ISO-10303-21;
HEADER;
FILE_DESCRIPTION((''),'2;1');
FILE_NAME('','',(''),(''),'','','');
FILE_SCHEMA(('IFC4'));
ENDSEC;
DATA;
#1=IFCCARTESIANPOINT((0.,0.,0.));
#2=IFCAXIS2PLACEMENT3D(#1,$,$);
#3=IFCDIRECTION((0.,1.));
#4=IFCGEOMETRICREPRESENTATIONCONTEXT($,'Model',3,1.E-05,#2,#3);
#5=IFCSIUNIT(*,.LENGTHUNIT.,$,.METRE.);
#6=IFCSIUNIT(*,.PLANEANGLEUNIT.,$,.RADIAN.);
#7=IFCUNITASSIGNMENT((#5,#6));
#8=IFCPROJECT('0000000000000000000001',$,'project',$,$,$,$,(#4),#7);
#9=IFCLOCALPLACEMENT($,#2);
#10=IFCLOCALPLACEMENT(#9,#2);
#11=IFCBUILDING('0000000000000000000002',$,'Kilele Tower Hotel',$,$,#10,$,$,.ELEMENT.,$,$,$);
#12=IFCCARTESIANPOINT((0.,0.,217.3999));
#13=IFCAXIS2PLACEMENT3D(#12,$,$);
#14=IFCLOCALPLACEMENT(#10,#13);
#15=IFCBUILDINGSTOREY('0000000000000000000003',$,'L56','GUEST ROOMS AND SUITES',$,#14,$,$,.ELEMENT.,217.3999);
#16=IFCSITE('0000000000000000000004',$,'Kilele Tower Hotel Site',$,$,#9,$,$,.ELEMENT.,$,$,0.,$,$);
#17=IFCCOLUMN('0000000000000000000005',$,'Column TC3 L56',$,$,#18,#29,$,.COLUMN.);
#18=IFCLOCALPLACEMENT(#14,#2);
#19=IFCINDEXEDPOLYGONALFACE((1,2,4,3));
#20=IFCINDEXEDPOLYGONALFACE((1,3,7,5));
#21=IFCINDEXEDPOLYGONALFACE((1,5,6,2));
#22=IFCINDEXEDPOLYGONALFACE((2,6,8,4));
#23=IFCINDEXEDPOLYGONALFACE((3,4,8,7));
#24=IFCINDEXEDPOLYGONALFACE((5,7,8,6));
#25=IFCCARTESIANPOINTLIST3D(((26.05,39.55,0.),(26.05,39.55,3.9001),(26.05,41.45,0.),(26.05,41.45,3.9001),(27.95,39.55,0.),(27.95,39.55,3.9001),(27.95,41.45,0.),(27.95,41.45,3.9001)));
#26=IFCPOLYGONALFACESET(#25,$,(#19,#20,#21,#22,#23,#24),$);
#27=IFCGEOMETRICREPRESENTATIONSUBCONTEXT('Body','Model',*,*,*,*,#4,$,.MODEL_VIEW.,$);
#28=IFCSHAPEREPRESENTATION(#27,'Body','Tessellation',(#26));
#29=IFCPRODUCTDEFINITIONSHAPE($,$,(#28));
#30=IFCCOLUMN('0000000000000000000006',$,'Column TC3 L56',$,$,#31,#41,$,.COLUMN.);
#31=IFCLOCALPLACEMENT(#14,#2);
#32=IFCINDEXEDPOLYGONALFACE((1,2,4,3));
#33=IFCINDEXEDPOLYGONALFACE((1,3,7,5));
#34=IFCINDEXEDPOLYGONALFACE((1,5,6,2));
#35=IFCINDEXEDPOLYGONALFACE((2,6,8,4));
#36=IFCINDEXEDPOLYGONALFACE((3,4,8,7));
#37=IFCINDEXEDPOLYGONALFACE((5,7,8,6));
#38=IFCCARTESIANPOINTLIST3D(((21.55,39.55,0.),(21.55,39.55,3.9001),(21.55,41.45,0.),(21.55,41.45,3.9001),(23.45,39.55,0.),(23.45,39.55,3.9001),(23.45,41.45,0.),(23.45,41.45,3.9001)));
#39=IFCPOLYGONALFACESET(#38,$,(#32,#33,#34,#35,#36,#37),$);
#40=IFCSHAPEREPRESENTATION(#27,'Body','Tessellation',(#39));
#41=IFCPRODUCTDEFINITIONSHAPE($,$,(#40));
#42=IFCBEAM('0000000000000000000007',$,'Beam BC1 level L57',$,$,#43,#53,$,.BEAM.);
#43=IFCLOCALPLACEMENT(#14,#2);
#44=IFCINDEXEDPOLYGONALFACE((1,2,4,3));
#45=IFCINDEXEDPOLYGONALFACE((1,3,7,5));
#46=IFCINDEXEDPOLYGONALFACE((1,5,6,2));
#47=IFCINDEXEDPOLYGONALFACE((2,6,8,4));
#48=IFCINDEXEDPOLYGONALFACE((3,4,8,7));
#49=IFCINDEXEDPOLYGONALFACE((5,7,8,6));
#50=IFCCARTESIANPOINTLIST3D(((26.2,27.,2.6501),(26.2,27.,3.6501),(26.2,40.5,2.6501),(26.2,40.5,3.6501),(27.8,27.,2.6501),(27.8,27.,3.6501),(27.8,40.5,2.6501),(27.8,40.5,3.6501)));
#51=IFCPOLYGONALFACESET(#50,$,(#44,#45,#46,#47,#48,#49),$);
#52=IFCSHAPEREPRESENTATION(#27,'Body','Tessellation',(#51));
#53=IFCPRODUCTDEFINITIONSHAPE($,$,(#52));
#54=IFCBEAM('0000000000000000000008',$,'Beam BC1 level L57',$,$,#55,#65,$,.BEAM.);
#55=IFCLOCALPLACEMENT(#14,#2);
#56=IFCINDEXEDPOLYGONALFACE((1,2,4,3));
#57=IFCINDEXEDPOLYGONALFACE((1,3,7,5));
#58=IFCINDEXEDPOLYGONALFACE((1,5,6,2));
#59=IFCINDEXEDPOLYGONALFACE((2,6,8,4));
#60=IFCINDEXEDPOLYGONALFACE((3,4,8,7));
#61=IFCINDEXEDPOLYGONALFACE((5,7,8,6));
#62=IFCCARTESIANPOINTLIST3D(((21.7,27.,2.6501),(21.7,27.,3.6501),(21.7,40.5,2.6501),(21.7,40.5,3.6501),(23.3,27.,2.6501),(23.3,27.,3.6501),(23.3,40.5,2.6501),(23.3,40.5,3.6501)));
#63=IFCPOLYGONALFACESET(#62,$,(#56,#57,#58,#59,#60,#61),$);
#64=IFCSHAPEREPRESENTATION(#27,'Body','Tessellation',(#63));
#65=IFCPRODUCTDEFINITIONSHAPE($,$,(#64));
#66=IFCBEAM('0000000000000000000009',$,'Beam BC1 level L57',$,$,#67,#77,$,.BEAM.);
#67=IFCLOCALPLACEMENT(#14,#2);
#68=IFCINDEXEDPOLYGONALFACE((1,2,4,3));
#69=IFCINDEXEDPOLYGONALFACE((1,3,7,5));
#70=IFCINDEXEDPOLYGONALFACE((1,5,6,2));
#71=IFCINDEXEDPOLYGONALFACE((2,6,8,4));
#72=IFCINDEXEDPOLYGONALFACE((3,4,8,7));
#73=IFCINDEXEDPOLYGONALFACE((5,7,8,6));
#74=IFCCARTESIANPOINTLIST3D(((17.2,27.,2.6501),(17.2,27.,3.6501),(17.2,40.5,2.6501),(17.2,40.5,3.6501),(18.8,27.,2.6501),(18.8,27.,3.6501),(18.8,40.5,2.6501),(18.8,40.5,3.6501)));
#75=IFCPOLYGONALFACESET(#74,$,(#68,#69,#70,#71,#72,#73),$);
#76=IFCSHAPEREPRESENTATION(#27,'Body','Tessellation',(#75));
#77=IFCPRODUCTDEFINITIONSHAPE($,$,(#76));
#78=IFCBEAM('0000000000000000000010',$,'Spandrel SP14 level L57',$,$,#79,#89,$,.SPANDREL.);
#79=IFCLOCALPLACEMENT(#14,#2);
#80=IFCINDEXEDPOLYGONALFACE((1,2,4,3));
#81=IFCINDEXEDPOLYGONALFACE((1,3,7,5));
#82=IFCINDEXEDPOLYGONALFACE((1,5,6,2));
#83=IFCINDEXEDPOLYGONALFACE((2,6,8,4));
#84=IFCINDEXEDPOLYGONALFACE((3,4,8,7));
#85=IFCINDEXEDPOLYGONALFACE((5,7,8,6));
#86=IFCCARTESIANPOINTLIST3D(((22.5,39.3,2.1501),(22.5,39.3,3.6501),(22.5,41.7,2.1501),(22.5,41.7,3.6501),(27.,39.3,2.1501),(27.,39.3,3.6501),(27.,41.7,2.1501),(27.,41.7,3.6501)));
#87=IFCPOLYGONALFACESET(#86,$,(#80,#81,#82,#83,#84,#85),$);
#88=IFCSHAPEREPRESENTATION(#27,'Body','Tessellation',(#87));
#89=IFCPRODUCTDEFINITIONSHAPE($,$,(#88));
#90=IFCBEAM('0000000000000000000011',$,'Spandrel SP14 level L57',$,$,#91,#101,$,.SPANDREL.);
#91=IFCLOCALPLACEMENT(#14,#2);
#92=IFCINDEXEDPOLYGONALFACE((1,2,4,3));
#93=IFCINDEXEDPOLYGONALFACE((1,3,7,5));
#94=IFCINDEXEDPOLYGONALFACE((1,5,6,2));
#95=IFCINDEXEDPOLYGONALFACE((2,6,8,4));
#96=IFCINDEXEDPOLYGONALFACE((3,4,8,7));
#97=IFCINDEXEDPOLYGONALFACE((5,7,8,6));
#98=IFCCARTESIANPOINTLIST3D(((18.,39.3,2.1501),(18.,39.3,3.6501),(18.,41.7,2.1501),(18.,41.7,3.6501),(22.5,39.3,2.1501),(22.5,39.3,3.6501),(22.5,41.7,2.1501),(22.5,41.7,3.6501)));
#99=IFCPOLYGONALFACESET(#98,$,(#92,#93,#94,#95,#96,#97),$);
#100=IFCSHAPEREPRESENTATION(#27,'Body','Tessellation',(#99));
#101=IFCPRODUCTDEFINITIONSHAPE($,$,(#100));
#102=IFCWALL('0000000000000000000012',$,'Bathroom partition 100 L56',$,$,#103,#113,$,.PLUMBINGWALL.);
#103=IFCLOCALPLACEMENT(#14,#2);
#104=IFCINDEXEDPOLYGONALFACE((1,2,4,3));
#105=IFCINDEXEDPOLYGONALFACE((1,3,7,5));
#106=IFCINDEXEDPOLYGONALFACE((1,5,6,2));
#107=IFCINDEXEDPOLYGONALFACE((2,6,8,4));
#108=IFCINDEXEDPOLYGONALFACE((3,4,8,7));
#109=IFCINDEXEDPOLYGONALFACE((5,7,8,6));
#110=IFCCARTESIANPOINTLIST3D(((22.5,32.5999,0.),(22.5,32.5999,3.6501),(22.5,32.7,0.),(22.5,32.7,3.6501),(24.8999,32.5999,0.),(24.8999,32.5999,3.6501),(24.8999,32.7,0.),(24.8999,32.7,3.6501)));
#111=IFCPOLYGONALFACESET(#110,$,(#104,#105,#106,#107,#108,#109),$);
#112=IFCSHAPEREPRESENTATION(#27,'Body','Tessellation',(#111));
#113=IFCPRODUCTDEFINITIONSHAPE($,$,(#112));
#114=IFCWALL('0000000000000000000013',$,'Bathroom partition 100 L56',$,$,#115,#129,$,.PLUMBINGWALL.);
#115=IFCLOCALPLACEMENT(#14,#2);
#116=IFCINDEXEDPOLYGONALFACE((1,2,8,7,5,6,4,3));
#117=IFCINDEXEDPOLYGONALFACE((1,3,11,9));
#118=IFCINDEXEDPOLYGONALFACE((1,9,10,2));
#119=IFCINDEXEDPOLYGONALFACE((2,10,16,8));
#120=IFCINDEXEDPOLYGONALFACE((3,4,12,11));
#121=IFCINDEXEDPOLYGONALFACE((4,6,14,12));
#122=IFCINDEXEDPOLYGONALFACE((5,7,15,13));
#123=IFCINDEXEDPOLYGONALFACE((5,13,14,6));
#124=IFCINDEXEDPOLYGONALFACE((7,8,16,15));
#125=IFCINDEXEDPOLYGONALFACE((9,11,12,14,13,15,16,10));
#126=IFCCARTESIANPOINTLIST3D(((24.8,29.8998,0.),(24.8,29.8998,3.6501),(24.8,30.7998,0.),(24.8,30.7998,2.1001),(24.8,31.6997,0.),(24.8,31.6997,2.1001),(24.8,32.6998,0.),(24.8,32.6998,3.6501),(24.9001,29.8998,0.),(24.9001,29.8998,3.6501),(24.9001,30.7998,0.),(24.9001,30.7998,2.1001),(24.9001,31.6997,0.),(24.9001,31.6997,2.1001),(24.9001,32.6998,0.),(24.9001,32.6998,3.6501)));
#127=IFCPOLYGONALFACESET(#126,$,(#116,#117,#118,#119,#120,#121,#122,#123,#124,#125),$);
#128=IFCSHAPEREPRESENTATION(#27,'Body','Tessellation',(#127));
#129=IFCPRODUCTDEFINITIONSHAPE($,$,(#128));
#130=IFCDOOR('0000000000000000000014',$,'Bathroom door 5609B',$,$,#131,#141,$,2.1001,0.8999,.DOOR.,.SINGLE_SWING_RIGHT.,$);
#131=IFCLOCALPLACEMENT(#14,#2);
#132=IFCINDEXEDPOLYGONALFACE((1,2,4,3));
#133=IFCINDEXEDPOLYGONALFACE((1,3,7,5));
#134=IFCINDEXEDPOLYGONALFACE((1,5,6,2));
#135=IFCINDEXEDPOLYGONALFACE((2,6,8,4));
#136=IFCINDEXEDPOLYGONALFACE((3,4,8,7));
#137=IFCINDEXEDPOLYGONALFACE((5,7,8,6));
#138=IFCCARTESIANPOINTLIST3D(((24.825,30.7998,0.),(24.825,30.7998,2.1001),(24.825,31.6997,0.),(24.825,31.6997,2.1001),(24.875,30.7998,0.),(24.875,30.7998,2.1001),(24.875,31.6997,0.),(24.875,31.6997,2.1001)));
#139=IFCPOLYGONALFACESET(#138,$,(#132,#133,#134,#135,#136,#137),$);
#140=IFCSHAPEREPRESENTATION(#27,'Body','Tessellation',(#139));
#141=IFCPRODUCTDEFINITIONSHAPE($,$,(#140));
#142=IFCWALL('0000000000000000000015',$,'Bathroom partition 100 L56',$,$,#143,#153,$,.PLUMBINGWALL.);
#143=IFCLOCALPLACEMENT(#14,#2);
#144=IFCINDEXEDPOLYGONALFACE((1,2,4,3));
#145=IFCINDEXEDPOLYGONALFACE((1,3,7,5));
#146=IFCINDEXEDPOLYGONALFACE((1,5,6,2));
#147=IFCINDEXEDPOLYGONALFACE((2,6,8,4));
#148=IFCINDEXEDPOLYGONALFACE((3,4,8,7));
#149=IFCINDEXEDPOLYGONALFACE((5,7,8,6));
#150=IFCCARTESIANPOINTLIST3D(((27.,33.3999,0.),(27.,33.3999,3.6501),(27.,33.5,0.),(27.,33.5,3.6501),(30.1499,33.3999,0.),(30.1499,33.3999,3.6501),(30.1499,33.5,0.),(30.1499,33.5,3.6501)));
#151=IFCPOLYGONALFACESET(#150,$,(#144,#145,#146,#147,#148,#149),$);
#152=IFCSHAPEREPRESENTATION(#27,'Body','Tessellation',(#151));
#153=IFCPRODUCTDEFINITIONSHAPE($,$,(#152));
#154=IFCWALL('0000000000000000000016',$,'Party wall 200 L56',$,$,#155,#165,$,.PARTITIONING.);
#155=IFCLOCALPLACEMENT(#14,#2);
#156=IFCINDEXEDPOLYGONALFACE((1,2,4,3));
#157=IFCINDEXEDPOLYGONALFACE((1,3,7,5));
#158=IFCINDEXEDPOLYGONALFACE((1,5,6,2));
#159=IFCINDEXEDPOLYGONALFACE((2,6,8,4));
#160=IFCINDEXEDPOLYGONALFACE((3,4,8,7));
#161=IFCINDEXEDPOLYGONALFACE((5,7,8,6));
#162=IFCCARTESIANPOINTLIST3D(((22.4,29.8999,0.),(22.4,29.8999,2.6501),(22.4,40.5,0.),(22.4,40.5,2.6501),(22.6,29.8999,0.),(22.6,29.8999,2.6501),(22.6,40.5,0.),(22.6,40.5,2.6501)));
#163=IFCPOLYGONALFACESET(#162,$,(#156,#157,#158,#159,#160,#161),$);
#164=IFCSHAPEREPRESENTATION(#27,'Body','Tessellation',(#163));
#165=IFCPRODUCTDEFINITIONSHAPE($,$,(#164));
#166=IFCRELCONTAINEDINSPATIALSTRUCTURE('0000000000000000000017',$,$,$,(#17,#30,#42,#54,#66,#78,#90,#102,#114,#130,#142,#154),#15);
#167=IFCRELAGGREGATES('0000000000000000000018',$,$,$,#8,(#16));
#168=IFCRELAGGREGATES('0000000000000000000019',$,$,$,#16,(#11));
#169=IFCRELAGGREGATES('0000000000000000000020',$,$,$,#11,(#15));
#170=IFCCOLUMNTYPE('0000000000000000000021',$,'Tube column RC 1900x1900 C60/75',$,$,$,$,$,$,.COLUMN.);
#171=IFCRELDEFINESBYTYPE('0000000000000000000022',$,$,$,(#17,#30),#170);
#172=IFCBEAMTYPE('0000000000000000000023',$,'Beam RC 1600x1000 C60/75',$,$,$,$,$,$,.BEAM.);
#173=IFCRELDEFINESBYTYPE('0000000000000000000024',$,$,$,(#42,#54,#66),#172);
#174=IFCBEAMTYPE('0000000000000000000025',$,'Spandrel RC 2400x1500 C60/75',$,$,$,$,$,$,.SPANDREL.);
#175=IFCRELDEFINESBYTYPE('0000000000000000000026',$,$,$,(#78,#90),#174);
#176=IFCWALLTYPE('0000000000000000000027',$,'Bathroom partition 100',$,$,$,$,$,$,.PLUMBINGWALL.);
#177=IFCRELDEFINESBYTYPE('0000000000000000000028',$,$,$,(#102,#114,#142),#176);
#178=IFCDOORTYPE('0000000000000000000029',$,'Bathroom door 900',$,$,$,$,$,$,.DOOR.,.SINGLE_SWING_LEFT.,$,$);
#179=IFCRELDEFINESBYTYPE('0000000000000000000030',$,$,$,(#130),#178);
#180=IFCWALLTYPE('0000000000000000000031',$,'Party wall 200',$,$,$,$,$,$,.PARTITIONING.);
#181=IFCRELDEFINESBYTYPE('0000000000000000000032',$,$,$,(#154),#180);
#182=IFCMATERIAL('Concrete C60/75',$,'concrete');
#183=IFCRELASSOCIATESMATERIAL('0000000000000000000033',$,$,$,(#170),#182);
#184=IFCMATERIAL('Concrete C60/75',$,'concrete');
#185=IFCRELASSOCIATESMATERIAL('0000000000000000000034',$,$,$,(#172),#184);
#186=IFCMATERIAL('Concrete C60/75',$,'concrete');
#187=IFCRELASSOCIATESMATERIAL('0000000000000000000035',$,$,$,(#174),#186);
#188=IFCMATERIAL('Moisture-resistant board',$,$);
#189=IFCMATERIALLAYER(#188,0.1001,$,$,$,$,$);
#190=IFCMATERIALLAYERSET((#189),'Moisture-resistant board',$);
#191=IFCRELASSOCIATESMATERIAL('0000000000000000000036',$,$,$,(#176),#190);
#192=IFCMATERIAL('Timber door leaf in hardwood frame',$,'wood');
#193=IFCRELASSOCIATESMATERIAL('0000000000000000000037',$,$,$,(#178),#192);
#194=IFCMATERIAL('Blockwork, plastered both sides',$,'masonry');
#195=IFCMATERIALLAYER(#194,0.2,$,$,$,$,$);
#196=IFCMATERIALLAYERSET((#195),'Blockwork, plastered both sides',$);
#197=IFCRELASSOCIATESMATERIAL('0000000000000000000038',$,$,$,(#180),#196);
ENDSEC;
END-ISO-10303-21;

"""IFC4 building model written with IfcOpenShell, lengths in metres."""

from ifc_helpers import new_model, si_unit, direction, frame, frame_2d, origin, origin_2d, place, context, subcontext, project, spatial, rectangle, extrude, material, layer, layer_set, material_profile, profile_set, type_object, element, fill, save


model = new_model("IFC4")

# Units and contexts
model_context = context("Model", 3, precision=1e-05, world=origin(), true_north=direction((0.0, 1.0)))
body_context = subcontext(model_context, "Body", "Model", "MODEL_VIEW")
ifc_project = project(units=[si_unit("LENGTHUNIT", "METRE"), si_unit("PLANEANGLEUNIT", "RADIAN")], contexts=[model_context])

# Site, building, storey
site_placement = place(None, origin())
site = spatial("IfcSite", under=ifc_project, at=site_placement, Name="Kilele Tower Hotel Site", CompositionType="ELEMENT", RefElevation=0.0)
building_placement = place(site_placement, origin())
building = spatial("IfcBuilding", under=site, at=building_placement, Name="Kilele Tower Hotel", CompositionType="ELEMENT")
storey_placement = place(building_placement, frame((0.0, 0.0, 217.3999)))
storey = spatial("IfcBuildingStorey", under=building, at=storey_placement, Name="L56", Description="GUEST ROOMS AND SUITES", CompositionType="ELEMENT", Elevation=217.3999)

# Columns
ifc_material_1 = material(Name="Concrete C60/75", Category="concrete")
ifc_material_profile_1 = material_profile(ifc_material_1, rectangle(XDim=1.8999, YDim=1.8999, at=origin_2d()))
ifc_profile_set_1 = profile_set([ifc_material_profile_1], Name="Concrete C60/75")
column_type = type_object("IfcColumnType", Name="Tube column RC 1900x1900 C60/75", PredefinedType="COLUMN", material=ifc_profile_set_1)
for number, where, z_axis, x_axis, name in (
    (1, (27.0, 40.5, 0.0), (0.0, 0.0, 1.0), (1.0, 0.0, 0.0), "Column TC3 L56"),
    (2, (22.5, 40.5, 0.0), (0.0, 0.0, 1.0), (1.0, 0.0, 0.0), "Column TC3 L56"),
):
    element("IfcColumn", number, at=place(storey_placement, frame(where, z_axis=z_axis, x_axis=x_axis)), inside=storey, type_object=column_type, Name=name, PredefinedType="COLUMN", context=body_context, shape_type="SweptSolid", body=[
        extrude(rectangle(XDim=1.8999, YDim=1.8999, at=origin_2d()), origin(), (0.0, 0.0, 1.0), 3.9001),
    ])

# Beams
ifc_material_2 = material(Name="Concrete C60/75", Category="concrete")
ifc_material_profile_2 = material_profile(ifc_material_2, rectangle(XDim=1.6001, YDim=1.0, at=origin_2d()))
ifc_profile_set_2 = profile_set([ifc_material_profile_2], Name="Concrete C60/75")
beam_type_1 = type_object("IfcBeamType", Name="Beam RC 1600x1000 C60/75", PredefinedType="BEAM", material=ifc_profile_set_2)
for number, where, z_axis, x_axis, name in (
    (3, (27.0, 40.5, 3.1501), (0.0, -1.0, 0.0), (1.0, 0.0, 0.0), "Beam BC1 level L57"),
    (4, (22.5, 40.5, 3.1501), (0.0, -1.0, 0.0), (1.0, 0.0, 0.0), "Beam BC1 level L57"),
    (5, (18.0, 40.5, 3.1501), (0.0, -1.0, 0.0), (1.0, 0.0, 0.0), "Beam BC1 level L57"),
):
    element("IfcBeam", number, at=place(storey_placement, frame(where, z_axis=z_axis, x_axis=x_axis)), inside=storey, type_object=beam_type_1, Name=name, PredefinedType="BEAM", context=body_context, shape_type="SweptSolid", body=[
        extrude(rectangle(XDim=1.6001, YDim=1.0, at=origin_2d()), origin(), (0.0, 0.0, 1.0), 13.5),
    ])
ifc_material_3 = material(Name="Concrete C60/75", Category="concrete")
ifc_material_profile_3 = material_profile(ifc_material_3, rectangle(XDim=2.3999, YDim=1.5, at=origin_2d()))
ifc_profile_set_3 = profile_set([ifc_material_profile_3], Name="Concrete C60/75")
beam_type_2 = type_object("IfcBeamType", Name="Spandrel RC 2400x1500 C60/75", PredefinedType="SPANDREL", material=ifc_profile_set_3)
for number, where, z_axis, x_axis, name in (
    (6, (27.0, 40.5, 2.9001), (-1.0, 0.0, 0.0), (0.0, -1.0, 0.0), "Spandrel SP14 level L57"),
    (7, (22.5, 40.5, 2.9001), (-1.0, 0.0, 0.0), (0.0, -1.0, 0.0), "Spandrel SP14 level L57"),
):
    element("IfcBeam", number, at=place(storey_placement, frame(where, z_axis=z_axis, x_axis=x_axis)), inside=storey, type_object=beam_type_2, Name=name, PredefinedType="SPANDREL", context=body_context, shape_type="SweptSolid", body=[
        extrude(rectangle(XDim=2.3999, YDim=1.5, at=origin_2d()), origin(), (0.0, 0.0, 1.0), 4.5),
    ])

# Wall
ifc_material_4 = material(Name="Moisture-resistant board")
ifc_layer_1 = layer(ifc_material_4, 0.1001)
ifc_layer_set_1 = layer_set([ifc_layer_1], Name="Moisture-resistant board")
wall_type_1 = type_object("IfcWallType", Name="Bathroom partition 100", PredefinedType="PLUMBINGWALL", material=ifc_layer_set_1)
wall_1_placement = place(storey_placement, frame((22.5, 32.6499, 0.0), z_axis=(0.0, 0.0, 1.0), x_axis=(1.0, 0.0, 0.0)))
element("IfcWall", 8, at=wall_1_placement, inside=storey, type_object=wall_type_1, Name="Bathroom partition 100 L56", PredefinedType="PLUMBINGWALL", context=body_context, shape_type="SweptSolid", body=[
    extrude(rectangle(XDim=2.3999, YDim=0.1001, at=frame_2d((1.2, 0.0))), origin(), (0.0, 0.0, 1.0), 3.6501),
])

# Wall, opening, door
wall_2_placement = place(storey_placement, frame((24.8501, 29.8999, 0.0), z_axis=(0.0, 0.0, 1.0), x_axis=(0.0, 1.0, 0.0)))
wall_2 = element("IfcWall", 9, at=wall_2_placement, inside=storey, type_object=wall_type_1, Name="Bathroom partition 100 L56", PredefinedType="PLUMBINGWALL", context=body_context, shape_type="SweptSolid", body=[
    extrude(rectangle(XDim=2.8, YDim=0.1001, at=frame_2d((1.3999, 0.0))), origin(), (0.0, 0.0, 1.0), 3.6501),
])
opening_1_placement = place(wall_2_placement, frame((1.7998, 0.0, 0.0), z_axis=(0.0, 0.0, 1.0), x_axis=(-1.0, 0.0, 0.0)))
opening_1 = element("IfcOpeningElement", 10, at=opening_1_placement, cuts=wall_2, PredefinedType="OPENING", context=body_context, shape_type="SweptSolid", body=[
    extrude(rectangle(XDim=0.8999, YDim=2.1001, at=frame_2d((0.45, 1.05))), frame((0.0, 0.0601, 0.0), z_axis=(0.0, -1.0, 0.0), x_axis=(1.0, 0.0, 0.0)), (0.0, 0.0, 1.0), 0.1201),
])
ifc_material_5 = material(Name="Timber door leaf in hardwood frame", Category="wood")
door_type_1 = type_object("IfcDoorType", Name="Bathroom door 900", OperationType="SINGLE_SWING_LEFT", PredefinedType="DOOR", material=ifc_material_5)
door_1_placement = place(opening_1_placement, origin())
door_1 = element("IfcDoor", 11, at=door_1_placement, inside=storey, type_object=door_type_1, Name="Bathroom door 5609B", OperationType="SINGLE_SWING_RIGHT", OverallHeight=2.1001, OverallWidth=0.8999, PredefinedType="DOOR", context=body_context, shape_type="SweptSolid", body=[
    extrude(rectangle(XDim=0.8999, YDim=2.1001, at=frame_2d((0.45, 1.05))), frame((0.0, 0.0249, 0.0), z_axis=(0.0, -1.0, 0.0), x_axis=(1.0, 0.0, 0.0)), (0.0, 0.0, 1.0), 0.05),
])
fill(opening_1, door_1)

# Walls
wall_3_placement = place(storey_placement, frame((27.0, 33.45, 0.0), z_axis=(0.0, 0.0, 1.0), x_axis=(1.0, 0.0, 0.0)))
element("IfcWall", 12, at=wall_3_placement, inside=storey, type_object=wall_type_1, Name="Bathroom partition 100 L56", PredefinedType="PLUMBINGWALL", context=body_context, shape_type="SweptSolid", body=[
    extrude(rectangle(XDim=3.1499, YDim=0.1001, at=frame_2d((1.575, 0.0))), origin(), (0.0, 0.0, 1.0), 3.6501),
])
ifc_material_6 = material(Name="Blockwork, plastered both sides", Category="masonry")
ifc_layer_2 = layer(ifc_material_6, 0.2)
ifc_layer_set_2 = layer_set([ifc_layer_2], Name="Blockwork, plastered both sides")
wall_type_2 = type_object("IfcWallType", Name="Party wall 200", PredefinedType="PARTITIONING", material=ifc_layer_set_2)
wall_4_placement = place(storey_placement, frame((22.5, 29.8999, 0.0), z_axis=(0.0, 0.0, 1.0), x_axis=(0.0, 1.0, 0.0)))
element("IfcWall", 13, at=wall_4_placement, inside=storey, type_object=wall_type_2, Name="Party wall 200 L56", PredefinedType="PARTITIONING", context=body_context, shape_type="SweptSolid", body=[
    extrude(rectangle(XDim=10.6001, YDim=0.2, at=frame_2d((5.3, 0.0))), origin(), (0.0, 0.0, 1.0), 2.6501),
])

save(model, "model.ifc")
